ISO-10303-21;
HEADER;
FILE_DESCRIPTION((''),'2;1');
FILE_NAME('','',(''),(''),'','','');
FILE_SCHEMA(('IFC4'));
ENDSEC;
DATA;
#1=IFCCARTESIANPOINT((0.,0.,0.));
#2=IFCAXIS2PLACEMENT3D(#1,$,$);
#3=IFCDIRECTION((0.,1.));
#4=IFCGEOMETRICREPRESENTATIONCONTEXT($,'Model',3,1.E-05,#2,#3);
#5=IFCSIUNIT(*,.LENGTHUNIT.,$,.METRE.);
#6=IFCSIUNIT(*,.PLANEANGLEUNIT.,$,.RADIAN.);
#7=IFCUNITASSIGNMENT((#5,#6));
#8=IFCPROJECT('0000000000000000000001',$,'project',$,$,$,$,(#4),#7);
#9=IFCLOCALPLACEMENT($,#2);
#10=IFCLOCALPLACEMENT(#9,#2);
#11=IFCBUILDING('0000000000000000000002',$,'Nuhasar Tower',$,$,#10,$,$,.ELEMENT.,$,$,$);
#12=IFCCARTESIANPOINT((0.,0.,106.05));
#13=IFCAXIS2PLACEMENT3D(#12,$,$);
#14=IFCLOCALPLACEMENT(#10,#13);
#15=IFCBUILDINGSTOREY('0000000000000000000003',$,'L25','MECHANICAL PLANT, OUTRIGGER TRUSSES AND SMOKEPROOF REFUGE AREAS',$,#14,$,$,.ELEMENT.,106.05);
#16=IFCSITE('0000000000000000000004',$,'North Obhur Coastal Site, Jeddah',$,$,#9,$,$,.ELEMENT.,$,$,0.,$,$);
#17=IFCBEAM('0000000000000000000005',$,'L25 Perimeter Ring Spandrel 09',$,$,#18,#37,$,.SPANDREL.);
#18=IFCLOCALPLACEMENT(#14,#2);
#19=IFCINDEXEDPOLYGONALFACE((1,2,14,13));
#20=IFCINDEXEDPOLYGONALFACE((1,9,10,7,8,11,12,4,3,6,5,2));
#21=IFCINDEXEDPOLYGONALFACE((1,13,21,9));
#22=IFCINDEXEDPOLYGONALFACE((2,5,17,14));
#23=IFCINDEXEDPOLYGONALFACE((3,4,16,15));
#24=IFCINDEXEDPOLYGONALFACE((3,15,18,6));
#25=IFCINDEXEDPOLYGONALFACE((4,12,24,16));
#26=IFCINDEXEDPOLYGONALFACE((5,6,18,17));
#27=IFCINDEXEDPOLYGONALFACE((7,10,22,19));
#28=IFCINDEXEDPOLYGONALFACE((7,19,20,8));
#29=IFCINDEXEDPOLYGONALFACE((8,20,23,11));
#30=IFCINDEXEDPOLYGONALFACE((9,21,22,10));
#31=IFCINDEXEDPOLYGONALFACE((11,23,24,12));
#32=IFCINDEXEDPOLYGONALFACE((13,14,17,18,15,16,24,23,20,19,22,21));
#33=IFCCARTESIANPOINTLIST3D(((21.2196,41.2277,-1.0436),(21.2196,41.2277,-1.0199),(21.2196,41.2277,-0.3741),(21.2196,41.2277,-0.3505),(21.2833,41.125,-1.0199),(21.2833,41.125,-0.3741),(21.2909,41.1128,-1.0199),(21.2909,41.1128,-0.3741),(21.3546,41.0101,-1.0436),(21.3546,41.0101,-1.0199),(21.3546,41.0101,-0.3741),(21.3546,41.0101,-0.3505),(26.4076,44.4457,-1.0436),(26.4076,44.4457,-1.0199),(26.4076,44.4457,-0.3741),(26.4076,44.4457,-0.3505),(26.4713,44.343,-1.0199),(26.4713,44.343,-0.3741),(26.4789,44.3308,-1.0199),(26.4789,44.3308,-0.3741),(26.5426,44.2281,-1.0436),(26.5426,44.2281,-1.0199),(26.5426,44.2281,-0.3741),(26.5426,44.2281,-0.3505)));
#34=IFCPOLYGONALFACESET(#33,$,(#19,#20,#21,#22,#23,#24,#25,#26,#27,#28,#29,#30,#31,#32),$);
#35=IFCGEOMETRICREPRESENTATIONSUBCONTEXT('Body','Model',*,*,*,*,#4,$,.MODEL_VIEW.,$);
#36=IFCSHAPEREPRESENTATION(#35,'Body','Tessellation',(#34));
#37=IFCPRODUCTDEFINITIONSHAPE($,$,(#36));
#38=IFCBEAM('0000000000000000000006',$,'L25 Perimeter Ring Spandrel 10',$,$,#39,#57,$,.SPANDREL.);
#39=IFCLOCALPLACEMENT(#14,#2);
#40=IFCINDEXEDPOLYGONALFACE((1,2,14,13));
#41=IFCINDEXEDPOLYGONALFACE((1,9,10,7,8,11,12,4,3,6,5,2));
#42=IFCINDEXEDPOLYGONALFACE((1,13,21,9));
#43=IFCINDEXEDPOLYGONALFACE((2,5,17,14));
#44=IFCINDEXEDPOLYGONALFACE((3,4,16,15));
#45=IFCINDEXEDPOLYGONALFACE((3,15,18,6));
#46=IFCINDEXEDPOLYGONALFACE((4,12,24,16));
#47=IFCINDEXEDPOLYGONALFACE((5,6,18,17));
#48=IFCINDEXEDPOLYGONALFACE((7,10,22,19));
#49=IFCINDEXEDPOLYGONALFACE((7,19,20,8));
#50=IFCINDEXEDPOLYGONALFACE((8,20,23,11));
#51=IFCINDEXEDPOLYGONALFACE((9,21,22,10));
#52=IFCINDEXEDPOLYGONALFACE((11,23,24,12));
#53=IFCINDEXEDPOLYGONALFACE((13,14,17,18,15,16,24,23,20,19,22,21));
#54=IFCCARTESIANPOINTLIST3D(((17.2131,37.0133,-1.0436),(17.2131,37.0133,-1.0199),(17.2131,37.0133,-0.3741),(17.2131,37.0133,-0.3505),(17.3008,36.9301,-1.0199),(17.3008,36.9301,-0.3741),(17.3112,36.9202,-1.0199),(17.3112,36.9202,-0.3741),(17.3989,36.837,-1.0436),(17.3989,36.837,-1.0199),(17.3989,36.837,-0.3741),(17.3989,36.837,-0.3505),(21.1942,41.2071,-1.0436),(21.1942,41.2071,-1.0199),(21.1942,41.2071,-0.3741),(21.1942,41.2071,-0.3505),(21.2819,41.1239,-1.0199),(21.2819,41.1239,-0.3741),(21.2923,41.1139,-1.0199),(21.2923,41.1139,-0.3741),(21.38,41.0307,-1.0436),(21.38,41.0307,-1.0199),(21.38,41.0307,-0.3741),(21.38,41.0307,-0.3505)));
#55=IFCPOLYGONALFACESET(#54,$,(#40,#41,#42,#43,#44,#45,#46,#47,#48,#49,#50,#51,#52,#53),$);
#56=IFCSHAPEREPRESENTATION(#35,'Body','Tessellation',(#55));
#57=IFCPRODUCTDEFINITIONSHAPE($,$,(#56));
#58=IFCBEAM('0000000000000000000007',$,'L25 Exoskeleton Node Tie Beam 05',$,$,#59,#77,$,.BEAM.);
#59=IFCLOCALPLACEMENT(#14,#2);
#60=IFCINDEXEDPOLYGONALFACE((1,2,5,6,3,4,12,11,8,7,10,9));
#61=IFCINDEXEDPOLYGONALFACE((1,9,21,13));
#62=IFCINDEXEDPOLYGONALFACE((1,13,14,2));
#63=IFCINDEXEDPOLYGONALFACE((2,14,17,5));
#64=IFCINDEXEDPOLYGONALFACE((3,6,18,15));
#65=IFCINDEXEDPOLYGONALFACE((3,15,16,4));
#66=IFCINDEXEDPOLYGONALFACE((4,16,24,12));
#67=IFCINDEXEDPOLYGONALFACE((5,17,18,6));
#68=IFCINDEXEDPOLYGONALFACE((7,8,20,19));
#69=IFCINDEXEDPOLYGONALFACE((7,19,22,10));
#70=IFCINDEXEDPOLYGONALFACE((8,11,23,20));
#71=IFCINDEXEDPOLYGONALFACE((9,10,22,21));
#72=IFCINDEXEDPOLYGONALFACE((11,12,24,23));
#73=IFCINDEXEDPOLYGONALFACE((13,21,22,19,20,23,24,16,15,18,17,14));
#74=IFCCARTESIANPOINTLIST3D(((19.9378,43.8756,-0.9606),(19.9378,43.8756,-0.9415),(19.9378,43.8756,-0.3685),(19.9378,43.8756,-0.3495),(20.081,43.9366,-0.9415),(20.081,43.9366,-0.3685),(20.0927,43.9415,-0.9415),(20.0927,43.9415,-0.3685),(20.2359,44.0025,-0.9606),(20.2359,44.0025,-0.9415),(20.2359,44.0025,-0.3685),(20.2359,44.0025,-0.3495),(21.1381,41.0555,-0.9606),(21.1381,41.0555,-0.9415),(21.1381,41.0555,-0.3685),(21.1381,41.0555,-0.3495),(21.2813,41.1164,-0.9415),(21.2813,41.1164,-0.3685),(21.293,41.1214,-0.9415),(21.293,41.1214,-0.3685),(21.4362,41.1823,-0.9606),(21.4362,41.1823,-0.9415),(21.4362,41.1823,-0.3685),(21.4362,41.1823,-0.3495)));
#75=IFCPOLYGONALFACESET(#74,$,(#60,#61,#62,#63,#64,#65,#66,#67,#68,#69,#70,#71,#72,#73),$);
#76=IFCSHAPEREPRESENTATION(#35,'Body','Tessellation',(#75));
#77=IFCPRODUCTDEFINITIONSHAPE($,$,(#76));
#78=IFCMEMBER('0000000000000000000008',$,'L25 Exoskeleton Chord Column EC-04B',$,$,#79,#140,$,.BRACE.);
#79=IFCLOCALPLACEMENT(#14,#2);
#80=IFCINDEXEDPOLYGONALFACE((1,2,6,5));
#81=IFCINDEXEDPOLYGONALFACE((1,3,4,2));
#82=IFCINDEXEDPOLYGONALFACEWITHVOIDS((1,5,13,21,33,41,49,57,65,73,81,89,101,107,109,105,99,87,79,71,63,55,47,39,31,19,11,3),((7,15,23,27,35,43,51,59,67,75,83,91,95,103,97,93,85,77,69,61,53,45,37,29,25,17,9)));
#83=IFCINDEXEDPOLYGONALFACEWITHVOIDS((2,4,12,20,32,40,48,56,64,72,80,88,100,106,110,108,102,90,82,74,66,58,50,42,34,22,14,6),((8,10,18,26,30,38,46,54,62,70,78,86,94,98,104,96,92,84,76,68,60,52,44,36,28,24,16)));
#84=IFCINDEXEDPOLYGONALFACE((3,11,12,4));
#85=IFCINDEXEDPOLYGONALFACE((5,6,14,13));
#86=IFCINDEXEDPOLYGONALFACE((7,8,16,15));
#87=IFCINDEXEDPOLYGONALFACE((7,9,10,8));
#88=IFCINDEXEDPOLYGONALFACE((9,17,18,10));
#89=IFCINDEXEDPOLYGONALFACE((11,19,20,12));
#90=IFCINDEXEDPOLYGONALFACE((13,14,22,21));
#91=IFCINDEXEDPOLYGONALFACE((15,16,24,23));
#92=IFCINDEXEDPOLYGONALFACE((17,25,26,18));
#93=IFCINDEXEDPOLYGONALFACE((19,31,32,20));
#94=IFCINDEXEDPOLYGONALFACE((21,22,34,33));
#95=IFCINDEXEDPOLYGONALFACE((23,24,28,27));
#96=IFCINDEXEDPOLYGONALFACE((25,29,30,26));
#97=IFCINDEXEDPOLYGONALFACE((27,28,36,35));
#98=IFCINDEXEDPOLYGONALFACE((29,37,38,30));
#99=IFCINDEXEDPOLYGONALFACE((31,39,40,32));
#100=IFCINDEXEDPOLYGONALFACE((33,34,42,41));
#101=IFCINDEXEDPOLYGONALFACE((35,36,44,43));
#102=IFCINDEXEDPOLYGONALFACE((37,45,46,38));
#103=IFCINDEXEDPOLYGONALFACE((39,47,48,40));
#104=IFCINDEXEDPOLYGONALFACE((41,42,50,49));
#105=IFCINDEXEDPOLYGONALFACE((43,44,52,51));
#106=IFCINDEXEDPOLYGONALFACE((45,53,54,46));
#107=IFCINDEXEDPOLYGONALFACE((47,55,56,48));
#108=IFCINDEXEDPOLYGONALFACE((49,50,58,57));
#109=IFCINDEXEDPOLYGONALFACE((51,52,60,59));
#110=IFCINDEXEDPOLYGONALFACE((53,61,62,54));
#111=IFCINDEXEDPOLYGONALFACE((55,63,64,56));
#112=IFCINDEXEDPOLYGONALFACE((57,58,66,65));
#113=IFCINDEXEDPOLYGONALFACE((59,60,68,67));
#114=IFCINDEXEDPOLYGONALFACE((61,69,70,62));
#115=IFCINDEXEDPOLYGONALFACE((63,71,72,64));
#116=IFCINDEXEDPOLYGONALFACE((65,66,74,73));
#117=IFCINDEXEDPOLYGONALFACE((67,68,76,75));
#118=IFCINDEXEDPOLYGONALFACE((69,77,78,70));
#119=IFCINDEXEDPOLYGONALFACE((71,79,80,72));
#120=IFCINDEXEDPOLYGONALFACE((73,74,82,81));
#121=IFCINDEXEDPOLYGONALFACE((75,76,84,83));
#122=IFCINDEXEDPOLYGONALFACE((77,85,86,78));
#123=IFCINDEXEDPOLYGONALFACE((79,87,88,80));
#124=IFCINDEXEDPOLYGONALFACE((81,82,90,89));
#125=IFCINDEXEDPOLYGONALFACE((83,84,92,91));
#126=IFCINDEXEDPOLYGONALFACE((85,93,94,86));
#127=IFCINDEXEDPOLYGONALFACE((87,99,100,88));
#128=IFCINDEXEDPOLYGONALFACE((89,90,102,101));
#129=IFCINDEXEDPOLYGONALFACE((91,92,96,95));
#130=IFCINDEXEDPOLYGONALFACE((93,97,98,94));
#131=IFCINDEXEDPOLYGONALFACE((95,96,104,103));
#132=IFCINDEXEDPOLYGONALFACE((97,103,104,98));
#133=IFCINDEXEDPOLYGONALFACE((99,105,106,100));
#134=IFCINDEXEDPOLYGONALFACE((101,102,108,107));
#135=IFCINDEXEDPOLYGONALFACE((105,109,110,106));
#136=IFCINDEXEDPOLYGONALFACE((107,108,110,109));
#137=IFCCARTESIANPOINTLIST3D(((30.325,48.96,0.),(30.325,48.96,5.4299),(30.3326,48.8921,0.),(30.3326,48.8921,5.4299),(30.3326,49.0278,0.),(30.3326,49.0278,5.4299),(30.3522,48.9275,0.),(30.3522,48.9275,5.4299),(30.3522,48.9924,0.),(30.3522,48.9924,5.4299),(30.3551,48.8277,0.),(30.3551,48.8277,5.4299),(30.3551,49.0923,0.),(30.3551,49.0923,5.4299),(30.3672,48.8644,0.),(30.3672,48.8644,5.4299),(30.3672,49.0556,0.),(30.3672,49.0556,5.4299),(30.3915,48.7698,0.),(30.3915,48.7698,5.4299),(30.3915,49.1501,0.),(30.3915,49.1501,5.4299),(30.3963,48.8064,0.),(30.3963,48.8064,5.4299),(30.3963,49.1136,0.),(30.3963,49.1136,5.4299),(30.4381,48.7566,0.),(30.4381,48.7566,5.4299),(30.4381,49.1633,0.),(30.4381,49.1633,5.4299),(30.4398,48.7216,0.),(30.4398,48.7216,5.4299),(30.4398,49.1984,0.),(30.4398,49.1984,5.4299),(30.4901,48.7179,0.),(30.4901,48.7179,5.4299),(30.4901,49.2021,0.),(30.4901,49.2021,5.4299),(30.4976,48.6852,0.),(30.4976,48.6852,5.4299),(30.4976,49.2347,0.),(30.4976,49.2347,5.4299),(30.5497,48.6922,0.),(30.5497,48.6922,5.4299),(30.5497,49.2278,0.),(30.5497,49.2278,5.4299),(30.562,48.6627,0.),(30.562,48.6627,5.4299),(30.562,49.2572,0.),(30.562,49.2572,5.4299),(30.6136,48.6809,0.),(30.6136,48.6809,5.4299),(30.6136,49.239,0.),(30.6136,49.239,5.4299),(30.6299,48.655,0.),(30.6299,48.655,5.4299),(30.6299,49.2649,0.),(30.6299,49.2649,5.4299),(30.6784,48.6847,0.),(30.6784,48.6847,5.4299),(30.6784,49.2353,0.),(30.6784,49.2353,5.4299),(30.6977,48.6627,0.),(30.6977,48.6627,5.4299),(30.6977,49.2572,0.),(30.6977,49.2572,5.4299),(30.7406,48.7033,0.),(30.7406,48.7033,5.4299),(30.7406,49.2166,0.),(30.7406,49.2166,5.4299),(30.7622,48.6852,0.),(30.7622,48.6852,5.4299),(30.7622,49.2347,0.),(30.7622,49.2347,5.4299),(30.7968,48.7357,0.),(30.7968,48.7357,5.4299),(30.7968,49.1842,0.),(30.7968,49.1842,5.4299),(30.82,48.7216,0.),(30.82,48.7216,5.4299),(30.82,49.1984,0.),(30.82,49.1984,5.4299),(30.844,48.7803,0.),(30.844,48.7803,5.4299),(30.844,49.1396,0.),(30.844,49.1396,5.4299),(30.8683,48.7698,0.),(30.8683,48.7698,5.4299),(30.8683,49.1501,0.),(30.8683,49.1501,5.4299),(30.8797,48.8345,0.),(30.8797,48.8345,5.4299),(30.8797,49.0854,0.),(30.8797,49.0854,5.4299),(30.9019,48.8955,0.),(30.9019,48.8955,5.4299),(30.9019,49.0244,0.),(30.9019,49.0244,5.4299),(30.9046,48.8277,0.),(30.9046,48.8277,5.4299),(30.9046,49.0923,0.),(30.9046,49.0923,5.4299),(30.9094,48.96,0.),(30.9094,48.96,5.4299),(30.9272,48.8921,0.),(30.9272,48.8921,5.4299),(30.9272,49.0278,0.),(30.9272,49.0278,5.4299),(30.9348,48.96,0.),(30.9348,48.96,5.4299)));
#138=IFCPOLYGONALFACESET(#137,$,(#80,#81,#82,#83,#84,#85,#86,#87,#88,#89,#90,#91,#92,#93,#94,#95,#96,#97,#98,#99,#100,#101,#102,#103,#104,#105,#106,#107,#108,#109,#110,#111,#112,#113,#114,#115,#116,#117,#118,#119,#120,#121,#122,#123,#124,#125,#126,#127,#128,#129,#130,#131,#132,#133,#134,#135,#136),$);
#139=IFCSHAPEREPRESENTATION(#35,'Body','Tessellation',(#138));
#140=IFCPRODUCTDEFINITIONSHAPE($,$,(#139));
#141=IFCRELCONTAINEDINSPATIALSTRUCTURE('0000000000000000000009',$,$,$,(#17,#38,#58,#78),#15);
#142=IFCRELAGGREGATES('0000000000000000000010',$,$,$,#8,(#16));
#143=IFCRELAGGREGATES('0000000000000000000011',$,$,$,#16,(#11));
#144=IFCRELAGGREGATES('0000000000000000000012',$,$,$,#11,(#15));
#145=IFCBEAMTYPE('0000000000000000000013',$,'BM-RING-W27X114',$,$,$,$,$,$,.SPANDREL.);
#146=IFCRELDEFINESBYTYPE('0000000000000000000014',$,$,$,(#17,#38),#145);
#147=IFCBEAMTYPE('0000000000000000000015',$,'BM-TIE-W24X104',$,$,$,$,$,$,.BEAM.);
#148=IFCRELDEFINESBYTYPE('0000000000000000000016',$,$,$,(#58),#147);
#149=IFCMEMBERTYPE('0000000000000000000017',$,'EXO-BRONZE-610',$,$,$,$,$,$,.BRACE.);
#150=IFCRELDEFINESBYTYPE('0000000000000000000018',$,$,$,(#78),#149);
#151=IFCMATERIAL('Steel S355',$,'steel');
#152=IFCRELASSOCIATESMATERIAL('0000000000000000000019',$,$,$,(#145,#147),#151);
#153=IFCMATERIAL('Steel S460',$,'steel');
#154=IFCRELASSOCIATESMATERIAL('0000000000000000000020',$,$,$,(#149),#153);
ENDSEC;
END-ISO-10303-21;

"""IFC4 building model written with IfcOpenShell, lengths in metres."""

from ifc_helpers import new_model, si_unit, direction, frame, origin, origin_2d, place, context, subcontext, project, spatial, hollow_circle, i_section, extrude, material, material_profile, profile_set, type_object, element, save


model = new_model("IFC4")

# Units and contexts
model_context = context("Model", 3, precision=1e-05, world=origin(), true_north=direction((0.0, 1.0)))
body_context = subcontext(model_context, "Body", "Model", "MODEL_VIEW")
ifc_project = project(units=[si_unit("LENGTHUNIT", "METRE"), si_unit("PLANEANGLEUNIT", "RADIAN")], contexts=[model_context])

# Site, building, storey
site_placement = place(None, origin())
site = spatial("IfcSite", under=ifc_project, at=site_placement, Name="North Obhur Coastal Site, Jeddah", CompositionType="ELEMENT", RefElevation=0.0)
building_placement = place(site_placement, origin())
building = spatial("IfcBuilding", under=site, at=building_placement, Name="Nuhasar Tower", CompositionType="ELEMENT")
storey_placement = place(building_placement, frame((0.0, 0.0, 106.05)))
storey = spatial("IfcBuildingStorey", under=building, at=storey_placement, Name="L25", Description="MECHANICAL PLANT, OUTRIGGER TRUSSES AND SMOKEPROOF REFUGE AREAS", CompositionType="ELEMENT", Elevation=106.05)

# Shared definitions
ifc_material_1 = material(Name="Steel S460", Category="steel")

# Beams
ifc_material_2 = material(Name="Steel S355", Category="steel")
ifc_material_profile_1 = material_profile(ifc_material_2, i_section(OverallWidth=0.2561, OverallDepth=0.6931, WebThickness=0.0144, FlangeThickness=0.0237, at=origin_2d()), Name="W27X114")
ifc_profile_set_1 = profile_set([ifc_material_profile_1], Name="Steel S355")
beam_type_1 = type_object("IfcBeamType", Name="BM-RING-W27X114", PredefinedType="SPANDREL", material=ifc_profile_set_1)
beam_1_placement = place(storey_placement, frame((26.4751, 44.3369, -0.697), z_axis=(-0.849795, -0.527113, 0.0), x_axis=(0.527113, -0.849795, 0.0)))
element("IfcBeam", 1, at=beam_1_placement, inside=storey, type_object=beam_type_1, Name="L25 Perimeter Ring Spandrel 09", PredefinedType="SPANDREL", context=body_context, shape_type="SweptSolid", body=[
    extrude(i_section(OverallWidth=0.2561, OverallDepth=0.6931, WebThickness=0.0144, FlangeThickness=0.0237, at=origin_2d()), origin(), (0.0, 0.0, 1.0), 6.105),
])
beam_2_placement = place(storey_placement, frame((21.2871, 41.1189, -0.697), z_axis=(-0.688481, -0.725254, 0.0), x_axis=(0.725254, -0.688481, 0.0)))
element("IfcBeam", 2, at=beam_2_placement, inside=storey, type_object=beam_type_1, Name="L25 Perimeter Ring Spandrel 10", PredefinedType="SPANDREL", context=body_context, shape_type="SweptSolid", body=[
    extrude(i_section(OverallWidth=0.2561, OverallDepth=0.6931, WebThickness=0.0144, FlangeThickness=0.0237, at=origin_2d()), origin(), (0.0, 0.0, 1.0), 5.7825),
])
ifc_material_profile_2 = material_profile(ifc_material_2, i_section(OverallWidth=0.324, OverallDepth=0.6111, WebThickness=0.0127, FlangeThickness=0.019, at=origin_2d()), Name="W24X104")
ifc_profile_set_2 = profile_set([ifc_material_profile_2], Name="Steel S355")
beam_type_2 = type_object("IfcBeamType", Name="BM-TIE-W24X104", PredefinedType="BEAM", material=ifc_profile_set_2)
beam_3_placement = place(storey_placement, frame((21.2871, 41.1189, -0.655), z_axis=(-0.391601, 0.920135, 0.0), x_axis=(-0.920135, -0.391601, 0.0)))
element("IfcBeam", 3, at=beam_3_placement, inside=storey, type_object=beam_type_2, Name="L25 Exoskeleton Node Tie Beam 05", PredefinedType="BEAM", context=body_context, shape_type="SweptSolid", body=[
    extrude(i_section(OverallWidth=0.324, OverallDepth=0.6111, WebThickness=0.0127, FlangeThickness=0.019, at=origin_2d()), origin(), (0.0, 0.0, 1.0), 3.0649),
])

# Member
ifc_material_profile_3 = material_profile(ifc_material_1, hollow_circle(Radius=0.3049, WallThickness=0.0254, at=origin_2d()), Name="HSS610X25.4")
ifc_profile_set_3 = profile_set([ifc_material_profile_3], Name="Steel S460")
member_type_1 = type_object("IfcMemberType", Name="EXO-BRONZE-610", PredefinedType="BRACE", material=ifc_profile_set_3)
for number, where, z_axis, x_axis, name in (
    (4, (30.6299, 48.96, 0.0), (0.0, 0.0, 1.0), (1.0, 0.0, 0.0), "L25 Exoskeleton Chord Column EC-04B"),
):
    element("IfcMember", number, at=place(storey_placement, frame(where, z_axis=z_axis, x_axis=x_axis)), inside=storey, type_object=member_type_1, Name=name, PredefinedType="BRACE", context=body_context, shape_type="SweptSolid", body=[
        extrude(hollow_circle(Radius=0.3049, WallThickness=0.0254, at=origin_2d()), origin(), (0.0, 0.0, 1.0), 5.4299),
    ])

save(model, "model.ifc")
